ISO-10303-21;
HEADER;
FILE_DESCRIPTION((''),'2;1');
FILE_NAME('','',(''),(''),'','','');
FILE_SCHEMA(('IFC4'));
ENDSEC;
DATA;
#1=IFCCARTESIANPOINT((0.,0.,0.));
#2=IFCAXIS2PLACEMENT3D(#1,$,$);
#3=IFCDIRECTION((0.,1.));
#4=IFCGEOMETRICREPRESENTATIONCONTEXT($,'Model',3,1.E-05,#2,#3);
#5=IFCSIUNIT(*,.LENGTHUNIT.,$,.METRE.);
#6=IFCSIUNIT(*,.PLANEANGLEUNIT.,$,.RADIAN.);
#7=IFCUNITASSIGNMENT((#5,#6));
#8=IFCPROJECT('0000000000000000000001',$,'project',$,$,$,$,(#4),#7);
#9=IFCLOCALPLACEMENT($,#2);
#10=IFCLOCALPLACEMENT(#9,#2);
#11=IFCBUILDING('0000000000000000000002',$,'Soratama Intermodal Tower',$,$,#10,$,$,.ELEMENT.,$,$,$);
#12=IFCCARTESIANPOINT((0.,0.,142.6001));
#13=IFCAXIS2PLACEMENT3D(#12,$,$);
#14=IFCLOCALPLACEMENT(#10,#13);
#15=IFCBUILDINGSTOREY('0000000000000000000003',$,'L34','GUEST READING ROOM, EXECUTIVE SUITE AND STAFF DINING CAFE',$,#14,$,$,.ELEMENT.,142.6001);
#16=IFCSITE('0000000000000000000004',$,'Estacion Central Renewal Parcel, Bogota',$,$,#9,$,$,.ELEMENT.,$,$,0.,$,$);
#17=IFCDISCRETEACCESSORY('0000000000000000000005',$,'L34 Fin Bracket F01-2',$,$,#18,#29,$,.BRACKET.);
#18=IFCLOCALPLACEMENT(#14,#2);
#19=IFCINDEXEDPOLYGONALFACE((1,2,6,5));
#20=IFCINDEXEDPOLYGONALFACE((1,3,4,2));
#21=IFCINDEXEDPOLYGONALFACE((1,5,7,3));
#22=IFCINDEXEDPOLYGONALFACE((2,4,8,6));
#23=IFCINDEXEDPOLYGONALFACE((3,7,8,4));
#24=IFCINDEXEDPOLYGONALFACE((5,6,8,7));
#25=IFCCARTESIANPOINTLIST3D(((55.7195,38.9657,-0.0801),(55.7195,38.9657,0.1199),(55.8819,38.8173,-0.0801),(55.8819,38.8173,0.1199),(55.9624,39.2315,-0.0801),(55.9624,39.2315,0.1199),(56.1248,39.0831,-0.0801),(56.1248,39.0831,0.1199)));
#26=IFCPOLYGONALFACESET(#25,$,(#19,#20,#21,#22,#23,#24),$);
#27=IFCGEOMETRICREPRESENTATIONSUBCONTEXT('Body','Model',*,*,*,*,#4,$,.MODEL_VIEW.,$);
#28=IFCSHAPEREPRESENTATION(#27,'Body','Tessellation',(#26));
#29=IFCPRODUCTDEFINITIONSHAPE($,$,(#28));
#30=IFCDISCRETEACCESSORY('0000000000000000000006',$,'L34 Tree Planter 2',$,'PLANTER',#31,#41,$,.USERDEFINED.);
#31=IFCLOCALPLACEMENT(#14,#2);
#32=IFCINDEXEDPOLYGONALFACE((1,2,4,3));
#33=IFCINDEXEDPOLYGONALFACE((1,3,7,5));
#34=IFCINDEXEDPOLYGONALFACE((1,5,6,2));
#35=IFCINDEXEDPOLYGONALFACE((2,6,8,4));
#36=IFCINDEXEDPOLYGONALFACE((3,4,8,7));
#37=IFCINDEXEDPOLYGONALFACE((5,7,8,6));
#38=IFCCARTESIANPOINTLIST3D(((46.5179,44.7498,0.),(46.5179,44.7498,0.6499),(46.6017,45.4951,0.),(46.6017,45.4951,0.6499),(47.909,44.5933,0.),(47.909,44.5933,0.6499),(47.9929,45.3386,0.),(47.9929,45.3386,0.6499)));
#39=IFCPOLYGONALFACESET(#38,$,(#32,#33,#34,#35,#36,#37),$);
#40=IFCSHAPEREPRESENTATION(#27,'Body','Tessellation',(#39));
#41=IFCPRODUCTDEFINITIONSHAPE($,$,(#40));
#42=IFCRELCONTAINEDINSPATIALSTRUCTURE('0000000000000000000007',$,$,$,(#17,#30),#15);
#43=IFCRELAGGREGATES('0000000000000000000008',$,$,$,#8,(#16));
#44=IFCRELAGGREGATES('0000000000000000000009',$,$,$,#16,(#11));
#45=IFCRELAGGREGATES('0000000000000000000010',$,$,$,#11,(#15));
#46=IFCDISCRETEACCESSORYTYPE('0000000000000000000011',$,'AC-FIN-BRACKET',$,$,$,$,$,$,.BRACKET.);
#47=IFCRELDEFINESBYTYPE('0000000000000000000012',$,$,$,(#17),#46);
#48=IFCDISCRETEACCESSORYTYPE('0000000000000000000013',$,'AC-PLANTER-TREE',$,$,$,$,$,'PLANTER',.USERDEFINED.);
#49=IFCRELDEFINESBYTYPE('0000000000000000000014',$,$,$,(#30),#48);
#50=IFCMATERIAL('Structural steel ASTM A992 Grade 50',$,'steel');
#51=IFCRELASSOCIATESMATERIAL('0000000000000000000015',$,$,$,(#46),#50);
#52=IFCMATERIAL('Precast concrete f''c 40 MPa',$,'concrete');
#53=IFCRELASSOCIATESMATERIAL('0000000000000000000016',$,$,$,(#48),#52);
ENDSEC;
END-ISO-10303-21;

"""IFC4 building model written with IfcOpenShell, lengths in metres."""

from ifc_helpers import new_model, si_unit, direction, frame, origin, origin_2d, place, context, subcontext, project, spatial, rectangle, extrude, material, type_object, element, save


model = new_model("IFC4")

# Units and contexts
model_context = context("Model", 3, precision=1e-05, world=origin(), true_north=direction((0.0, 1.0)))
body_context = subcontext(model_context, "Body", "Model", "MODEL_VIEW")
ifc_project = project(units=[si_unit("LENGTHUNIT", "METRE"), si_unit("PLANEANGLEUNIT", "RADIAN")], contexts=[model_context])

# Site, building, storey
site_placement = place(None, origin())
site = spatial("IfcSite", under=ifc_project, at=site_placement, Name="Estacion Central Renewal Parcel, Bogota", CompositionType="ELEMENT", RefElevation=0.0)
building_placement = place(site_placement, origin())
building = spatial("IfcBuilding", under=site, at=building_placement, Name="Soratama Intermodal Tower", CompositionType="ELEMENT")
storey_placement = place(building_placement, frame((0.0, 0.0, 142.6001)))
storey = spatial("IfcBuildingStorey", under=building, at=storey_placement, Name="L34", Description="GUEST READING ROOM, EXECUTIVE SUITE AND STAFF DINING CAFE", CompositionType="ELEMENT", Elevation=142.6001)

# Discrete accessories
ifc_material_1 = material(Name="Structural steel ASTM A992 Grade 50", Category="steel")
discrete_accessory_type_1 = type_object("IfcDiscreteAccessoryType", Name="AC-FIN-BRACKET", PredefinedType="BRACKET", material=ifc_material_1)
for number, where, z_axis, x_axis, name in (
    (1, (55.9221, 39.0244, -0.0801), (0.0, 0.0, 1.0), (0.67456, 0.73822, 0.0), "L34 Fin Bracket F01-2"),
):
    element("IfcDiscreteAccessory", number, at=place(storey_placement, frame(where, z_axis=z_axis, x_axis=x_axis)), inside=storey, type_object=discrete_accessory_type_1, Name=name, PredefinedType="BRACKET", context=body_context, shape_type="SweptSolid", body=[
        extrude(rectangle(XDim=0.3601, YDim=0.22, at=origin_2d()), origin(), (0.0, 0.0, 1.0), 0.2),
    ])
ifc_material_2 = material(Name="Precast concrete f'c 40 MPa", Category="concrete")
discrete_accessory_type_2 = type_object("IfcDiscreteAccessoryType", Name="AC-PLANTER-TREE", ElementType="PLANTER", PredefinedType="USERDEFINED", material=ifc_material_2)
discrete_accessory_placement = place(storey_placement, frame((47.2554, 45.0442, 0.0), z_axis=(0.0, 0.0, 1.0), x_axis=(0.111816, 0.993729, 0.0)))
element("IfcDiscreteAccessory", 2, at=discrete_accessory_placement, inside=storey, type_object=discrete_accessory_type_2, Name="L34 Tree Planter 2", ObjectType="PLANTER", PredefinedType="USERDEFINED", context=body_context, shape_type="SweptSolid", body=[
    extrude(rectangle(XDim=0.75, YDim=1.3999, at=origin_2d()), origin(), (0.0, 0.0, 1.0), 0.6499),
])

save(model, "model.ifc")
